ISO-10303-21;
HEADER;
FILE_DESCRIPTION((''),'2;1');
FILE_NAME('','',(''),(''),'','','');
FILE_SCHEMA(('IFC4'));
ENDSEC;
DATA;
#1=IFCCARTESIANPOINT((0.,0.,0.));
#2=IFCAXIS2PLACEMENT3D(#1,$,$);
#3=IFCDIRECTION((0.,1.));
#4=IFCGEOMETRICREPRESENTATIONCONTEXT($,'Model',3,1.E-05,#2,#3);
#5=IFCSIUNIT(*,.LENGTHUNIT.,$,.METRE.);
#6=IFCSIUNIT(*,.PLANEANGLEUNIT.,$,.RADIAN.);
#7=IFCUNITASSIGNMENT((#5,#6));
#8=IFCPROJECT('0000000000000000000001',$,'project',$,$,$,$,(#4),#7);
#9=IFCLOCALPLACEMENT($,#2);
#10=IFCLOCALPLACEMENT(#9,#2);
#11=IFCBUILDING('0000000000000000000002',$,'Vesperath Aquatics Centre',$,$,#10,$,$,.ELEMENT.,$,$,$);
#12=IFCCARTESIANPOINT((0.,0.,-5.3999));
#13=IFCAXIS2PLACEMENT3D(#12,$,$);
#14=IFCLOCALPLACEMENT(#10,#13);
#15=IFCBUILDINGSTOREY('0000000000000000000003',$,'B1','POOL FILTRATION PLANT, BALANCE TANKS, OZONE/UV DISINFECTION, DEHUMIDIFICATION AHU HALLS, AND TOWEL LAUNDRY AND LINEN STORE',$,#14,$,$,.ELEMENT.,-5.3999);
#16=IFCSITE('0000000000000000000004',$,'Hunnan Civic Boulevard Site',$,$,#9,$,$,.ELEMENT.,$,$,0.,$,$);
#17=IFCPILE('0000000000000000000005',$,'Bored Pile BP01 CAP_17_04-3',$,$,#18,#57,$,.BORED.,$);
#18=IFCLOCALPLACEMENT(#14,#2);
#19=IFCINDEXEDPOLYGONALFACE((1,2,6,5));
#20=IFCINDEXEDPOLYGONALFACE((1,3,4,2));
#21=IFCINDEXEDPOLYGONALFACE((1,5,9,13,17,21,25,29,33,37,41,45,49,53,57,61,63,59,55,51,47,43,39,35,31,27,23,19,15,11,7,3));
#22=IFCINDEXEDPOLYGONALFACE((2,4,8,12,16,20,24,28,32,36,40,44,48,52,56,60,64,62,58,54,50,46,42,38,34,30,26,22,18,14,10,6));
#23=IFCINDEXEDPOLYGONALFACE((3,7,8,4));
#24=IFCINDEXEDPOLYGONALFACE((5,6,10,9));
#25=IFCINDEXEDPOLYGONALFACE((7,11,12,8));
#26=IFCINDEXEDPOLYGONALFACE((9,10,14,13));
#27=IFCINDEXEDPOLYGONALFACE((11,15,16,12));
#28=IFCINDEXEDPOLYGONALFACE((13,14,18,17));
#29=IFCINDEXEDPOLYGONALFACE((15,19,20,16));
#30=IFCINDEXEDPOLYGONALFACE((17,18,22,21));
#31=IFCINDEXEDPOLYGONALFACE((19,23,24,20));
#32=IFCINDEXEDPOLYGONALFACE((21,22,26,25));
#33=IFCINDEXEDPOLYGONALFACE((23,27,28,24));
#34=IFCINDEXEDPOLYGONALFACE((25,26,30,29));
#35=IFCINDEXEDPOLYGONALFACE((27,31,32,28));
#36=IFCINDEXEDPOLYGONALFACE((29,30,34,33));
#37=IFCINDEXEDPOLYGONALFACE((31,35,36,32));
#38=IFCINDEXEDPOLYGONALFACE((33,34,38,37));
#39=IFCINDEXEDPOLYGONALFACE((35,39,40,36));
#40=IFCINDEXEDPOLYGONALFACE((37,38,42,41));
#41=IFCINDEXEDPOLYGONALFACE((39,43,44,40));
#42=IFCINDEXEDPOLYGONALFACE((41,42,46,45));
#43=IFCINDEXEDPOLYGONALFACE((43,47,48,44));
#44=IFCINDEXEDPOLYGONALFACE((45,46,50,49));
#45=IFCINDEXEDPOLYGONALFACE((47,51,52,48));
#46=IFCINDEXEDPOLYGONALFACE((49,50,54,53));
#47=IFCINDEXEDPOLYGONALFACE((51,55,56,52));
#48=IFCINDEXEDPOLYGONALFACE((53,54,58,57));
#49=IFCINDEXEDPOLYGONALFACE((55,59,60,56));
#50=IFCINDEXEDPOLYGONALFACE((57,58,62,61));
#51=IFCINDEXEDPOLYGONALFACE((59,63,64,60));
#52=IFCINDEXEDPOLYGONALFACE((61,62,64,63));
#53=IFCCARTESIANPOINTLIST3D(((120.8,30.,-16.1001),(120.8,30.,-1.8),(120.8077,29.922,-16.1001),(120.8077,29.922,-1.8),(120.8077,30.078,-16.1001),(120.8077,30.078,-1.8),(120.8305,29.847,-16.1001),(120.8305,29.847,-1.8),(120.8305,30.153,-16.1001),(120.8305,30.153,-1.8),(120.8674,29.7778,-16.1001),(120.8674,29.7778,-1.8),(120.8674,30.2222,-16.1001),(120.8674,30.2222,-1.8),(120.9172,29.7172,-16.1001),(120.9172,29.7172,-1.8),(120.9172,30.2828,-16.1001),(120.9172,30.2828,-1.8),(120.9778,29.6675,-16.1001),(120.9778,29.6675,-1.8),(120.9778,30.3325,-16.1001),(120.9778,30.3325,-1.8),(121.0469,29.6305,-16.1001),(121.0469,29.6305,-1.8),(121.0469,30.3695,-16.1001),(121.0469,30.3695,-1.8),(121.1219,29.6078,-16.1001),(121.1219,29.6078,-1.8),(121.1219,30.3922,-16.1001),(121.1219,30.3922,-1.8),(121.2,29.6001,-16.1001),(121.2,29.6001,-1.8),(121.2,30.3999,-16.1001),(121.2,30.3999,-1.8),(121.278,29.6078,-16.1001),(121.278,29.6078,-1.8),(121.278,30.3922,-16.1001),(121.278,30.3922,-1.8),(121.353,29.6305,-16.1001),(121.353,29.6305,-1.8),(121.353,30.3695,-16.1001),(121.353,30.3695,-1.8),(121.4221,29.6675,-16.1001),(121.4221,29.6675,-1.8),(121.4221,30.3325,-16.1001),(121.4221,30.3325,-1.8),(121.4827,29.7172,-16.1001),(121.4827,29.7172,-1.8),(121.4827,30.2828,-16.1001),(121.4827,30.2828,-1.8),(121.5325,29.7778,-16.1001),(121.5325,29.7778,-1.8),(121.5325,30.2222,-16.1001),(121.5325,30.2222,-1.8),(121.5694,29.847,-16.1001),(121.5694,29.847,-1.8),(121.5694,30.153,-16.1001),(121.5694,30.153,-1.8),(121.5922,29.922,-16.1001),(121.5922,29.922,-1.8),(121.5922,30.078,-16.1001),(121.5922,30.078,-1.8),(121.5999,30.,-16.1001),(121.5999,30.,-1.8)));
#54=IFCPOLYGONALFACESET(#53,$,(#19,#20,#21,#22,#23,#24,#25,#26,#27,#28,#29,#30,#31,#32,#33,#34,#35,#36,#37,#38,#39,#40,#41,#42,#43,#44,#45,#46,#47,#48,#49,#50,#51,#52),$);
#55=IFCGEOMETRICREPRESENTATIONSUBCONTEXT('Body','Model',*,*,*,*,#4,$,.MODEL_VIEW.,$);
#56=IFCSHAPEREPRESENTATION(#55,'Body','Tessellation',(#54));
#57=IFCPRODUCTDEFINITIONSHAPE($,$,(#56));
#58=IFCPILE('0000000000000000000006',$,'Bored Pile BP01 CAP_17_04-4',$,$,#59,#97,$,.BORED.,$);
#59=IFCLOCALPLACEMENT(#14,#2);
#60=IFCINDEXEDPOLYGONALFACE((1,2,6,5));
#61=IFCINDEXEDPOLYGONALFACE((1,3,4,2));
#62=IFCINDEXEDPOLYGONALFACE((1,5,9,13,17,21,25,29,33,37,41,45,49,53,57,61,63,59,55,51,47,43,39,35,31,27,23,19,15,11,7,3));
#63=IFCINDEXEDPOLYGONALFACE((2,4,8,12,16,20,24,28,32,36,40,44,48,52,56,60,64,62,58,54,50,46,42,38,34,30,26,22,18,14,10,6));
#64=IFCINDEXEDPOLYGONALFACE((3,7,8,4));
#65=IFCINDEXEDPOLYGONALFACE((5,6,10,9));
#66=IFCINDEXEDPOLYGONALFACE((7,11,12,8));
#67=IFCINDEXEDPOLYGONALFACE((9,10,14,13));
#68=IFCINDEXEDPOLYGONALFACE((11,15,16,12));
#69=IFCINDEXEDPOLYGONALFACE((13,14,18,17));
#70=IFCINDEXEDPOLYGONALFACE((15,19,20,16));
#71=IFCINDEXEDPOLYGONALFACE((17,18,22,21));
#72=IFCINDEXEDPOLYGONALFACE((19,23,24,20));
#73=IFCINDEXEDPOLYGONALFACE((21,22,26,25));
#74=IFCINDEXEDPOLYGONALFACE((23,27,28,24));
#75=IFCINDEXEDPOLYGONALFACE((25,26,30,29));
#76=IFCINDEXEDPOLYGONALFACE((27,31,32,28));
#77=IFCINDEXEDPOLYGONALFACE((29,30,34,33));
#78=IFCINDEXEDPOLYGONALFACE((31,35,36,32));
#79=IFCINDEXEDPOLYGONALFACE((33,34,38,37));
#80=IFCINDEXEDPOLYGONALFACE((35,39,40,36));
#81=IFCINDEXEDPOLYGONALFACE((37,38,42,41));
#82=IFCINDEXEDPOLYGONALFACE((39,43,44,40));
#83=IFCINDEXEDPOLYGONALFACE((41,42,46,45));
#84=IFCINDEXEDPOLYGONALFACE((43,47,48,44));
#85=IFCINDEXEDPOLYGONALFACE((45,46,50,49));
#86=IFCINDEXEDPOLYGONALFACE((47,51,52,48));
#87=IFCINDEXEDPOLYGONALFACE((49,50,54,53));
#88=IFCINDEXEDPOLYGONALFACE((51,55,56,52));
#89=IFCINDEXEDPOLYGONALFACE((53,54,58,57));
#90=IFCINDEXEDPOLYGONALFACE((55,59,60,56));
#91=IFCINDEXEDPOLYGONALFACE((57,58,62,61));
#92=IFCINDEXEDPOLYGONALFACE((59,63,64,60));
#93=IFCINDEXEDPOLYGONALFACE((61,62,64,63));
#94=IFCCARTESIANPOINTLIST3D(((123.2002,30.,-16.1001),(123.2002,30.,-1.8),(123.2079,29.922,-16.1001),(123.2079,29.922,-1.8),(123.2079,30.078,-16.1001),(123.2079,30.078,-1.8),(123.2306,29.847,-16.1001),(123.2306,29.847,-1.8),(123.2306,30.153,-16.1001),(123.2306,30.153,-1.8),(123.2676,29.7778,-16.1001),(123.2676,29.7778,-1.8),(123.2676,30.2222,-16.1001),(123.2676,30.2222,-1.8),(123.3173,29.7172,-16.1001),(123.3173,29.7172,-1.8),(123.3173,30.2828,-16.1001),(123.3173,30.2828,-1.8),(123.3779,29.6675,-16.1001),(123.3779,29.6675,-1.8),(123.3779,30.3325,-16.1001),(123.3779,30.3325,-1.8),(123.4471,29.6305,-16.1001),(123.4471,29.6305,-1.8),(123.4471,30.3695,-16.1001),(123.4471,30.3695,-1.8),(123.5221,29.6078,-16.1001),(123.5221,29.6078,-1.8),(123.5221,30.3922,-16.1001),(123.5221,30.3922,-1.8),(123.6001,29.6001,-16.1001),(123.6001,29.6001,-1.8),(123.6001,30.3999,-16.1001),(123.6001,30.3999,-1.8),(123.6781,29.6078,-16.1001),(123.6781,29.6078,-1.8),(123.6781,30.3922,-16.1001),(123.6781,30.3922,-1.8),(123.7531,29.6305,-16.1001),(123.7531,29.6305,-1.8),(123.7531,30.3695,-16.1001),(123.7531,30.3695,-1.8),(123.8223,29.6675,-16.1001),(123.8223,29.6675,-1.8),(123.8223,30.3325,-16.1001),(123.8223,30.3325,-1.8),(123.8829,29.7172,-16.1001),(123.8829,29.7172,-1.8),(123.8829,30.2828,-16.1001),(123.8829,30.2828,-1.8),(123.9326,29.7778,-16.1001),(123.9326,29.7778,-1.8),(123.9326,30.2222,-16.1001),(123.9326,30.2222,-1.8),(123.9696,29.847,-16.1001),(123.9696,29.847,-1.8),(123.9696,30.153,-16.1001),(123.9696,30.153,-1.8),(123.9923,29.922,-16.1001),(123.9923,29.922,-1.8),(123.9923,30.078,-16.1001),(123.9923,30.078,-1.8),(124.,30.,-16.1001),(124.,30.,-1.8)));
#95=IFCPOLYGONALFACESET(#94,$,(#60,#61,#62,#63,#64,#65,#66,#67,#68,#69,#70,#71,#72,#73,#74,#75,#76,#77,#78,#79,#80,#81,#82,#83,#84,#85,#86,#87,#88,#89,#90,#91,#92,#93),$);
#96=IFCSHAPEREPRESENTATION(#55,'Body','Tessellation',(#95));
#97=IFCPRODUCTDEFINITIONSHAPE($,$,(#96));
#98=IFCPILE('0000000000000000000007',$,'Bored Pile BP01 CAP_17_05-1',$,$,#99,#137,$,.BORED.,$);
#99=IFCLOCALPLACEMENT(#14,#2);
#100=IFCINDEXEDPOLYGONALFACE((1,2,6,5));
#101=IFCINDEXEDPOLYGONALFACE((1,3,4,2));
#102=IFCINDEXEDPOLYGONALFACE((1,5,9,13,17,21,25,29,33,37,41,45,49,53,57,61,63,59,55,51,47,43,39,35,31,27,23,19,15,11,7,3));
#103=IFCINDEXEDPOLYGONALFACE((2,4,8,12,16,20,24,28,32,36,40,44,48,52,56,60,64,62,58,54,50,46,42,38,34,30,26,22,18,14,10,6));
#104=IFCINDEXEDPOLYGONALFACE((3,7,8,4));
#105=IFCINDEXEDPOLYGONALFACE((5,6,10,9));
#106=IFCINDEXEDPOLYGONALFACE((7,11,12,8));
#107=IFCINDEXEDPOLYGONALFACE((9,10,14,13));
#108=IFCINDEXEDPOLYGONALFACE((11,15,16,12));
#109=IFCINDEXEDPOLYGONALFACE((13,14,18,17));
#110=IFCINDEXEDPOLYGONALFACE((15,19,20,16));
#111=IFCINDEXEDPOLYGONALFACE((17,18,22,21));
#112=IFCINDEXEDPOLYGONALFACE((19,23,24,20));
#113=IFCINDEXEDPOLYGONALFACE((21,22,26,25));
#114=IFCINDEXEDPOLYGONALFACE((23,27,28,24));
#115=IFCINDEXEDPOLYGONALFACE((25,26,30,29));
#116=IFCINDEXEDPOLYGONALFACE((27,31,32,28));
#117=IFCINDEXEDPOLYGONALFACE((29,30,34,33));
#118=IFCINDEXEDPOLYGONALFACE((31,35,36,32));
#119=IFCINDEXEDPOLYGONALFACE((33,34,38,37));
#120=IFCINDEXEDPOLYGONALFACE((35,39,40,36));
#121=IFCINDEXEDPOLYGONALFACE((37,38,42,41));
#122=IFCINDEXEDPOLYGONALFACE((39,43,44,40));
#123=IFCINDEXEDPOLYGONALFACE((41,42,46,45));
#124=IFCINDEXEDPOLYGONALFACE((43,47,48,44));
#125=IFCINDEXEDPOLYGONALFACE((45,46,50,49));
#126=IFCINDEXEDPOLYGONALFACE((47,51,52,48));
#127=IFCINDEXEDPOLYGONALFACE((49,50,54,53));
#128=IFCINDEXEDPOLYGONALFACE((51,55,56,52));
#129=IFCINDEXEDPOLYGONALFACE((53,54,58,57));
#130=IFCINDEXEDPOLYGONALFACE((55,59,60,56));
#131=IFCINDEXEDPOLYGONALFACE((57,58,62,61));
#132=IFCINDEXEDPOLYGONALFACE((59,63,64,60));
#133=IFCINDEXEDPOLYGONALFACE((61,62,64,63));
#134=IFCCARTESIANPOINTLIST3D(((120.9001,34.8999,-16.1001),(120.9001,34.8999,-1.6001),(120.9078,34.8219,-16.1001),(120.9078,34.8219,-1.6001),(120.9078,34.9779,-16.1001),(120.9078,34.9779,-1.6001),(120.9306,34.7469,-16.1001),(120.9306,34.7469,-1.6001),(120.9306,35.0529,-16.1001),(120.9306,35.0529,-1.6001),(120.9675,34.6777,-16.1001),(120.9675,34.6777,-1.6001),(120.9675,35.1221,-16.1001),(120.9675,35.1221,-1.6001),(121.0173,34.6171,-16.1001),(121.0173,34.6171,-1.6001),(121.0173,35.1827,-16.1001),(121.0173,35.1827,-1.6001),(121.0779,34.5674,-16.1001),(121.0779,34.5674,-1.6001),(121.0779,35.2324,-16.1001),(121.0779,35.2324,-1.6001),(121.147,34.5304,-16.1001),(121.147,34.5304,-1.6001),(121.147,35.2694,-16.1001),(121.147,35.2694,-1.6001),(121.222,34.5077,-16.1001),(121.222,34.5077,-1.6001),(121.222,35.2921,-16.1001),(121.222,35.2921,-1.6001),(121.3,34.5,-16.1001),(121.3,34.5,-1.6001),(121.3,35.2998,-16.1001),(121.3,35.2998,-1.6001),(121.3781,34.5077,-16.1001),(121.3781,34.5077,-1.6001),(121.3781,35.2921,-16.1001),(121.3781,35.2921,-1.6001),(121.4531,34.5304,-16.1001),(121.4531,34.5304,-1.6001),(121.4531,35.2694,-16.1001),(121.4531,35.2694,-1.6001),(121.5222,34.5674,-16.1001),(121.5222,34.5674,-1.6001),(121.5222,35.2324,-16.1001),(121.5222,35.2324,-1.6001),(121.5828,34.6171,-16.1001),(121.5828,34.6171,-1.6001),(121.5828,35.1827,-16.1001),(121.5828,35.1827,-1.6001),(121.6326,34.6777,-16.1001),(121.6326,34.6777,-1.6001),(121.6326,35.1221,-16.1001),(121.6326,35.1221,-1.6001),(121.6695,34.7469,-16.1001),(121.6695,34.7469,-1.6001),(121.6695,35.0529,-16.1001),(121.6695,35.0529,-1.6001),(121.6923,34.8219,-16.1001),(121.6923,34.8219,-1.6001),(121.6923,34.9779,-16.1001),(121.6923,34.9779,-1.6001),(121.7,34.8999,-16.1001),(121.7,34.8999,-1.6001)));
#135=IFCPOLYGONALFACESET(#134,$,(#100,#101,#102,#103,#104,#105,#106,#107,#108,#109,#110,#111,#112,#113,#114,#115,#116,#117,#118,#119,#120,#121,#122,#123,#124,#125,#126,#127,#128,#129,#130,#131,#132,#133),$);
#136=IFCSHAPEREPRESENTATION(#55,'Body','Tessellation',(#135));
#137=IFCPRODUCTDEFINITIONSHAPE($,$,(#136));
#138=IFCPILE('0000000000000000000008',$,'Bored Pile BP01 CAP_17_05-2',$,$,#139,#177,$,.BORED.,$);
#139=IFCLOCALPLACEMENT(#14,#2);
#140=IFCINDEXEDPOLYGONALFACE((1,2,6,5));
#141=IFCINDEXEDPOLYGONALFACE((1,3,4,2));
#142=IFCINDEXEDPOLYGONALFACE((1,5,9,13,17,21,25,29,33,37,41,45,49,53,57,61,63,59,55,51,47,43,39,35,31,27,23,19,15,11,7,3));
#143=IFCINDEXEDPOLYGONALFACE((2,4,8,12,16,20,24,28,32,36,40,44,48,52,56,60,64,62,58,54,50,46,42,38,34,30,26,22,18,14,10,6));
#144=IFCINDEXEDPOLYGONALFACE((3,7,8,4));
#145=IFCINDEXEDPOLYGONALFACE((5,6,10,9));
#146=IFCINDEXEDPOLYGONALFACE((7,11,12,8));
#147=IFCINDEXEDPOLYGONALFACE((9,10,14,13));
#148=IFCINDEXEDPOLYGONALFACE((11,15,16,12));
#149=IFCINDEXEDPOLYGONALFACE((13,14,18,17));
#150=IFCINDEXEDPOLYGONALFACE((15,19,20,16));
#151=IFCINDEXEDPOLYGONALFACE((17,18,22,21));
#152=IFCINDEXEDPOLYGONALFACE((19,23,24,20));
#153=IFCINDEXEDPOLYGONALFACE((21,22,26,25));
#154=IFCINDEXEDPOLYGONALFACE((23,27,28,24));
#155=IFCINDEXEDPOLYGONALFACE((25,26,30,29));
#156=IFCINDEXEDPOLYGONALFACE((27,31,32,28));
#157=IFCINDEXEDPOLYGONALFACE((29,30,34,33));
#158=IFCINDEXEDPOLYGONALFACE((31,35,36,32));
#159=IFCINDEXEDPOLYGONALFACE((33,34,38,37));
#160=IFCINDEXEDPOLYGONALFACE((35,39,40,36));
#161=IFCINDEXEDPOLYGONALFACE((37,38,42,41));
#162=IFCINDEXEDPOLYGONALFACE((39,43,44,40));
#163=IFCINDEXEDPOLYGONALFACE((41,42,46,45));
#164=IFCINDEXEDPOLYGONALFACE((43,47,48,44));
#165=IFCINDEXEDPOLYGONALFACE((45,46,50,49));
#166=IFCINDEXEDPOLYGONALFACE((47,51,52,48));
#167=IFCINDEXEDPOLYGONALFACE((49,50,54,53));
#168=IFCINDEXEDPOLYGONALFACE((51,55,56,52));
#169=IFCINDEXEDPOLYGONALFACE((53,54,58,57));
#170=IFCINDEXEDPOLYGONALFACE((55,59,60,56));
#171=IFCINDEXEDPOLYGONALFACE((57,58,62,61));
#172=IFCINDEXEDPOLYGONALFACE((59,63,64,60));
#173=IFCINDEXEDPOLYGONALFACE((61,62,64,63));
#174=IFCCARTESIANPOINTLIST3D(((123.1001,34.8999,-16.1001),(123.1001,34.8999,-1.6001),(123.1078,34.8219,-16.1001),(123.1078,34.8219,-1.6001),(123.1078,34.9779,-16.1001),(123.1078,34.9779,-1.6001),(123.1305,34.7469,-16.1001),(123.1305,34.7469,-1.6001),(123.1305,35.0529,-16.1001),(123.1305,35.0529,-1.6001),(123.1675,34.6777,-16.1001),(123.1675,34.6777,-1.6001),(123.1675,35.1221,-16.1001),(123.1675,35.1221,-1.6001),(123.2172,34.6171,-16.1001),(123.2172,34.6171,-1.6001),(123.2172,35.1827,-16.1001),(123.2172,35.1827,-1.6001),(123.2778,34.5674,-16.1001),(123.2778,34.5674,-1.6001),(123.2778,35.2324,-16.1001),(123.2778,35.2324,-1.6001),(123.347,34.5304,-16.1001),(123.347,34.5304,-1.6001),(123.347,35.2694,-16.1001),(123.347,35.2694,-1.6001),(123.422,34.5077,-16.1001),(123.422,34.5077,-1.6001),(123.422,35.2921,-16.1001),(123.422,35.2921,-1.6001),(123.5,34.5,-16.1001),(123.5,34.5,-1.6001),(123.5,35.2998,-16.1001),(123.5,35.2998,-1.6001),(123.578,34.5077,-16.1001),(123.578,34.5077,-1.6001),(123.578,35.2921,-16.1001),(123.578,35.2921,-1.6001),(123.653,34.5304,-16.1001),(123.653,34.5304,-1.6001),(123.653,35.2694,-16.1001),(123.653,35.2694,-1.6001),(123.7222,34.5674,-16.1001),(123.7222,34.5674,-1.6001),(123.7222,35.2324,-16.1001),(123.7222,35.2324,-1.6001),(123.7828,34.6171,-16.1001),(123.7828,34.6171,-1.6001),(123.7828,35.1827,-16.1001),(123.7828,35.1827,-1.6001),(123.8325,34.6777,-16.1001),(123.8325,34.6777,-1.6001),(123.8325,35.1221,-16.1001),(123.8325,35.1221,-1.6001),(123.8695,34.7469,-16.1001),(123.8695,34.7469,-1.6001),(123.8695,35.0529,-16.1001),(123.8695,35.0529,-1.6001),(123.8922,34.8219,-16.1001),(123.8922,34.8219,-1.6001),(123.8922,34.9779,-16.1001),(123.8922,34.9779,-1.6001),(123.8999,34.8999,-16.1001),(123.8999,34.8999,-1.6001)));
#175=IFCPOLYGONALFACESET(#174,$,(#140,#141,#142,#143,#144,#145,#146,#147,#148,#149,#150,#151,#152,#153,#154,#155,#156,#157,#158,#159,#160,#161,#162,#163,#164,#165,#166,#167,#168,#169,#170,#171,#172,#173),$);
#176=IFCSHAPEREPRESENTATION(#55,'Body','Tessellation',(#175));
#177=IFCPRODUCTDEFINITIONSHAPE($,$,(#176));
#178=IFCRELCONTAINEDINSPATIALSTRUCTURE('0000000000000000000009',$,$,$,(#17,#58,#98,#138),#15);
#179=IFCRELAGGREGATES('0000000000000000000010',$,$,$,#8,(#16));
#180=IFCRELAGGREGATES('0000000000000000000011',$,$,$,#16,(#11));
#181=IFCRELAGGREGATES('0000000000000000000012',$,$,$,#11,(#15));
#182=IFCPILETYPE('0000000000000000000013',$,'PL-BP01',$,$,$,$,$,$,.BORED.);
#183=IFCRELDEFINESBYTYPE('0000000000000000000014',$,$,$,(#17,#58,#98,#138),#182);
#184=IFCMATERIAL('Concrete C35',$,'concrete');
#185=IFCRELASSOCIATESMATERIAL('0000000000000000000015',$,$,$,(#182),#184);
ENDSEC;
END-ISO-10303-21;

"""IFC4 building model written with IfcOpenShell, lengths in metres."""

from ifc_helpers import new_model, si_unit, direction, frame, origin, origin_2d, place, context, subcontext, project, spatial, circle, extrude, material, material_profile, profile_set, type_object, element, save


model = new_model("IFC4")

# Units and contexts
model_context = context("Model", 3, precision=1e-05, world=origin(), true_north=direction((0.0, 1.0)))
body_context = subcontext(model_context, "Body", "Model", "MODEL_VIEW")
ifc_project = project(units=[si_unit("LENGTHUNIT", "METRE"), si_unit("PLANEANGLEUNIT", "RADIAN")], contexts=[model_context])

# Site, building, storey
site_placement = place(None, origin())
site = spatial("IfcSite", under=ifc_project, at=site_placement, Name="Hunnan Civic Boulevard Site", CompositionType="ELEMENT", RefElevation=0.0)
building_placement = place(site_placement, origin())
building = spatial("IfcBuilding", under=site, at=building_placement, Name="Vesperath Aquatics Centre", CompositionType="ELEMENT")
storey_placement = place(building_placement, frame((0.0, 0.0, -5.3999)))
storey = spatial("IfcBuildingStorey", under=building, at=storey_placement, Name="B1", Description="POOL FILTRATION PLANT, BALANCE TANKS, OZONE/UV DISINFECTION, DEHUMIDIFICATION AHU HALLS, AND TOWEL LAUNDRY AND LINEN STORE", CompositionType="ELEMENT", Elevation=-5.3999)

# Piles
ifc_material_1 = material(Name="Concrete C35", Category="concrete")
ifc_material_profile_1 = material_profile(ifc_material_1, circle(Radius=0.3999, at=origin_2d()), Name="PILE D800")
ifc_profile_set_1 = profile_set([ifc_material_profile_1], Name="Concrete C35")
pile_type = type_object("IfcPileType", Name="PL-BP01", PredefinedType="BORED", material=ifc_profile_set_1)
for number, where, z_axis, x_axis, name in (
    (1, (121.2, 30.0, -1.8), (0.0, 0.0, -1.0), (1.0, 0.0, 0.0), "Bored Pile BP01 CAP_17_04-3"),
    (2, (123.6001, 30.0, -1.8), (0.0, 0.0, -1.0), (1.0, 0.0, 0.0), "Bored Pile BP01 CAP_17_04-4"),
):
    element("IfcPile", number, at=place(storey_placement, frame(where, z_axis=z_axis, x_axis=x_axis)), inside=storey, type_object=pile_type, Name=name, PredefinedType="BORED", context=body_context, shape_type="SweptSolid", body=[
        extrude(circle(Radius=0.3999, at=origin_2d()), origin(), (0.0, 0.0, 1.0), 14.3),
    ])
for number, where, z_axis, x_axis, name in (
    (3, (121.3, 34.8999, -1.6001), (0.0, 0.0, -1.0), (1.0, 0.0, 0.0), "Bored Pile BP01 CAP_17_05-1"),
    (4, (123.5, 34.8999, -1.6001), (0.0, 0.0, -1.0), (1.0, 0.0, 0.0), "Bored Pile BP01 CAP_17_05-2"),
):
    element("IfcPile", number, at=place(storey_placement, frame(where, z_axis=z_axis, x_axis=x_axis)), inside=storey, type_object=pile_type, Name=name, PredefinedType="BORED", context=body_context, shape_type="SweptSolid", body=[
        extrude(circle(Radius=0.3999, at=origin_2d()), origin(), (0.0, 0.0, 1.0), 14.5),
    ])

save(model, "model.ifc")
